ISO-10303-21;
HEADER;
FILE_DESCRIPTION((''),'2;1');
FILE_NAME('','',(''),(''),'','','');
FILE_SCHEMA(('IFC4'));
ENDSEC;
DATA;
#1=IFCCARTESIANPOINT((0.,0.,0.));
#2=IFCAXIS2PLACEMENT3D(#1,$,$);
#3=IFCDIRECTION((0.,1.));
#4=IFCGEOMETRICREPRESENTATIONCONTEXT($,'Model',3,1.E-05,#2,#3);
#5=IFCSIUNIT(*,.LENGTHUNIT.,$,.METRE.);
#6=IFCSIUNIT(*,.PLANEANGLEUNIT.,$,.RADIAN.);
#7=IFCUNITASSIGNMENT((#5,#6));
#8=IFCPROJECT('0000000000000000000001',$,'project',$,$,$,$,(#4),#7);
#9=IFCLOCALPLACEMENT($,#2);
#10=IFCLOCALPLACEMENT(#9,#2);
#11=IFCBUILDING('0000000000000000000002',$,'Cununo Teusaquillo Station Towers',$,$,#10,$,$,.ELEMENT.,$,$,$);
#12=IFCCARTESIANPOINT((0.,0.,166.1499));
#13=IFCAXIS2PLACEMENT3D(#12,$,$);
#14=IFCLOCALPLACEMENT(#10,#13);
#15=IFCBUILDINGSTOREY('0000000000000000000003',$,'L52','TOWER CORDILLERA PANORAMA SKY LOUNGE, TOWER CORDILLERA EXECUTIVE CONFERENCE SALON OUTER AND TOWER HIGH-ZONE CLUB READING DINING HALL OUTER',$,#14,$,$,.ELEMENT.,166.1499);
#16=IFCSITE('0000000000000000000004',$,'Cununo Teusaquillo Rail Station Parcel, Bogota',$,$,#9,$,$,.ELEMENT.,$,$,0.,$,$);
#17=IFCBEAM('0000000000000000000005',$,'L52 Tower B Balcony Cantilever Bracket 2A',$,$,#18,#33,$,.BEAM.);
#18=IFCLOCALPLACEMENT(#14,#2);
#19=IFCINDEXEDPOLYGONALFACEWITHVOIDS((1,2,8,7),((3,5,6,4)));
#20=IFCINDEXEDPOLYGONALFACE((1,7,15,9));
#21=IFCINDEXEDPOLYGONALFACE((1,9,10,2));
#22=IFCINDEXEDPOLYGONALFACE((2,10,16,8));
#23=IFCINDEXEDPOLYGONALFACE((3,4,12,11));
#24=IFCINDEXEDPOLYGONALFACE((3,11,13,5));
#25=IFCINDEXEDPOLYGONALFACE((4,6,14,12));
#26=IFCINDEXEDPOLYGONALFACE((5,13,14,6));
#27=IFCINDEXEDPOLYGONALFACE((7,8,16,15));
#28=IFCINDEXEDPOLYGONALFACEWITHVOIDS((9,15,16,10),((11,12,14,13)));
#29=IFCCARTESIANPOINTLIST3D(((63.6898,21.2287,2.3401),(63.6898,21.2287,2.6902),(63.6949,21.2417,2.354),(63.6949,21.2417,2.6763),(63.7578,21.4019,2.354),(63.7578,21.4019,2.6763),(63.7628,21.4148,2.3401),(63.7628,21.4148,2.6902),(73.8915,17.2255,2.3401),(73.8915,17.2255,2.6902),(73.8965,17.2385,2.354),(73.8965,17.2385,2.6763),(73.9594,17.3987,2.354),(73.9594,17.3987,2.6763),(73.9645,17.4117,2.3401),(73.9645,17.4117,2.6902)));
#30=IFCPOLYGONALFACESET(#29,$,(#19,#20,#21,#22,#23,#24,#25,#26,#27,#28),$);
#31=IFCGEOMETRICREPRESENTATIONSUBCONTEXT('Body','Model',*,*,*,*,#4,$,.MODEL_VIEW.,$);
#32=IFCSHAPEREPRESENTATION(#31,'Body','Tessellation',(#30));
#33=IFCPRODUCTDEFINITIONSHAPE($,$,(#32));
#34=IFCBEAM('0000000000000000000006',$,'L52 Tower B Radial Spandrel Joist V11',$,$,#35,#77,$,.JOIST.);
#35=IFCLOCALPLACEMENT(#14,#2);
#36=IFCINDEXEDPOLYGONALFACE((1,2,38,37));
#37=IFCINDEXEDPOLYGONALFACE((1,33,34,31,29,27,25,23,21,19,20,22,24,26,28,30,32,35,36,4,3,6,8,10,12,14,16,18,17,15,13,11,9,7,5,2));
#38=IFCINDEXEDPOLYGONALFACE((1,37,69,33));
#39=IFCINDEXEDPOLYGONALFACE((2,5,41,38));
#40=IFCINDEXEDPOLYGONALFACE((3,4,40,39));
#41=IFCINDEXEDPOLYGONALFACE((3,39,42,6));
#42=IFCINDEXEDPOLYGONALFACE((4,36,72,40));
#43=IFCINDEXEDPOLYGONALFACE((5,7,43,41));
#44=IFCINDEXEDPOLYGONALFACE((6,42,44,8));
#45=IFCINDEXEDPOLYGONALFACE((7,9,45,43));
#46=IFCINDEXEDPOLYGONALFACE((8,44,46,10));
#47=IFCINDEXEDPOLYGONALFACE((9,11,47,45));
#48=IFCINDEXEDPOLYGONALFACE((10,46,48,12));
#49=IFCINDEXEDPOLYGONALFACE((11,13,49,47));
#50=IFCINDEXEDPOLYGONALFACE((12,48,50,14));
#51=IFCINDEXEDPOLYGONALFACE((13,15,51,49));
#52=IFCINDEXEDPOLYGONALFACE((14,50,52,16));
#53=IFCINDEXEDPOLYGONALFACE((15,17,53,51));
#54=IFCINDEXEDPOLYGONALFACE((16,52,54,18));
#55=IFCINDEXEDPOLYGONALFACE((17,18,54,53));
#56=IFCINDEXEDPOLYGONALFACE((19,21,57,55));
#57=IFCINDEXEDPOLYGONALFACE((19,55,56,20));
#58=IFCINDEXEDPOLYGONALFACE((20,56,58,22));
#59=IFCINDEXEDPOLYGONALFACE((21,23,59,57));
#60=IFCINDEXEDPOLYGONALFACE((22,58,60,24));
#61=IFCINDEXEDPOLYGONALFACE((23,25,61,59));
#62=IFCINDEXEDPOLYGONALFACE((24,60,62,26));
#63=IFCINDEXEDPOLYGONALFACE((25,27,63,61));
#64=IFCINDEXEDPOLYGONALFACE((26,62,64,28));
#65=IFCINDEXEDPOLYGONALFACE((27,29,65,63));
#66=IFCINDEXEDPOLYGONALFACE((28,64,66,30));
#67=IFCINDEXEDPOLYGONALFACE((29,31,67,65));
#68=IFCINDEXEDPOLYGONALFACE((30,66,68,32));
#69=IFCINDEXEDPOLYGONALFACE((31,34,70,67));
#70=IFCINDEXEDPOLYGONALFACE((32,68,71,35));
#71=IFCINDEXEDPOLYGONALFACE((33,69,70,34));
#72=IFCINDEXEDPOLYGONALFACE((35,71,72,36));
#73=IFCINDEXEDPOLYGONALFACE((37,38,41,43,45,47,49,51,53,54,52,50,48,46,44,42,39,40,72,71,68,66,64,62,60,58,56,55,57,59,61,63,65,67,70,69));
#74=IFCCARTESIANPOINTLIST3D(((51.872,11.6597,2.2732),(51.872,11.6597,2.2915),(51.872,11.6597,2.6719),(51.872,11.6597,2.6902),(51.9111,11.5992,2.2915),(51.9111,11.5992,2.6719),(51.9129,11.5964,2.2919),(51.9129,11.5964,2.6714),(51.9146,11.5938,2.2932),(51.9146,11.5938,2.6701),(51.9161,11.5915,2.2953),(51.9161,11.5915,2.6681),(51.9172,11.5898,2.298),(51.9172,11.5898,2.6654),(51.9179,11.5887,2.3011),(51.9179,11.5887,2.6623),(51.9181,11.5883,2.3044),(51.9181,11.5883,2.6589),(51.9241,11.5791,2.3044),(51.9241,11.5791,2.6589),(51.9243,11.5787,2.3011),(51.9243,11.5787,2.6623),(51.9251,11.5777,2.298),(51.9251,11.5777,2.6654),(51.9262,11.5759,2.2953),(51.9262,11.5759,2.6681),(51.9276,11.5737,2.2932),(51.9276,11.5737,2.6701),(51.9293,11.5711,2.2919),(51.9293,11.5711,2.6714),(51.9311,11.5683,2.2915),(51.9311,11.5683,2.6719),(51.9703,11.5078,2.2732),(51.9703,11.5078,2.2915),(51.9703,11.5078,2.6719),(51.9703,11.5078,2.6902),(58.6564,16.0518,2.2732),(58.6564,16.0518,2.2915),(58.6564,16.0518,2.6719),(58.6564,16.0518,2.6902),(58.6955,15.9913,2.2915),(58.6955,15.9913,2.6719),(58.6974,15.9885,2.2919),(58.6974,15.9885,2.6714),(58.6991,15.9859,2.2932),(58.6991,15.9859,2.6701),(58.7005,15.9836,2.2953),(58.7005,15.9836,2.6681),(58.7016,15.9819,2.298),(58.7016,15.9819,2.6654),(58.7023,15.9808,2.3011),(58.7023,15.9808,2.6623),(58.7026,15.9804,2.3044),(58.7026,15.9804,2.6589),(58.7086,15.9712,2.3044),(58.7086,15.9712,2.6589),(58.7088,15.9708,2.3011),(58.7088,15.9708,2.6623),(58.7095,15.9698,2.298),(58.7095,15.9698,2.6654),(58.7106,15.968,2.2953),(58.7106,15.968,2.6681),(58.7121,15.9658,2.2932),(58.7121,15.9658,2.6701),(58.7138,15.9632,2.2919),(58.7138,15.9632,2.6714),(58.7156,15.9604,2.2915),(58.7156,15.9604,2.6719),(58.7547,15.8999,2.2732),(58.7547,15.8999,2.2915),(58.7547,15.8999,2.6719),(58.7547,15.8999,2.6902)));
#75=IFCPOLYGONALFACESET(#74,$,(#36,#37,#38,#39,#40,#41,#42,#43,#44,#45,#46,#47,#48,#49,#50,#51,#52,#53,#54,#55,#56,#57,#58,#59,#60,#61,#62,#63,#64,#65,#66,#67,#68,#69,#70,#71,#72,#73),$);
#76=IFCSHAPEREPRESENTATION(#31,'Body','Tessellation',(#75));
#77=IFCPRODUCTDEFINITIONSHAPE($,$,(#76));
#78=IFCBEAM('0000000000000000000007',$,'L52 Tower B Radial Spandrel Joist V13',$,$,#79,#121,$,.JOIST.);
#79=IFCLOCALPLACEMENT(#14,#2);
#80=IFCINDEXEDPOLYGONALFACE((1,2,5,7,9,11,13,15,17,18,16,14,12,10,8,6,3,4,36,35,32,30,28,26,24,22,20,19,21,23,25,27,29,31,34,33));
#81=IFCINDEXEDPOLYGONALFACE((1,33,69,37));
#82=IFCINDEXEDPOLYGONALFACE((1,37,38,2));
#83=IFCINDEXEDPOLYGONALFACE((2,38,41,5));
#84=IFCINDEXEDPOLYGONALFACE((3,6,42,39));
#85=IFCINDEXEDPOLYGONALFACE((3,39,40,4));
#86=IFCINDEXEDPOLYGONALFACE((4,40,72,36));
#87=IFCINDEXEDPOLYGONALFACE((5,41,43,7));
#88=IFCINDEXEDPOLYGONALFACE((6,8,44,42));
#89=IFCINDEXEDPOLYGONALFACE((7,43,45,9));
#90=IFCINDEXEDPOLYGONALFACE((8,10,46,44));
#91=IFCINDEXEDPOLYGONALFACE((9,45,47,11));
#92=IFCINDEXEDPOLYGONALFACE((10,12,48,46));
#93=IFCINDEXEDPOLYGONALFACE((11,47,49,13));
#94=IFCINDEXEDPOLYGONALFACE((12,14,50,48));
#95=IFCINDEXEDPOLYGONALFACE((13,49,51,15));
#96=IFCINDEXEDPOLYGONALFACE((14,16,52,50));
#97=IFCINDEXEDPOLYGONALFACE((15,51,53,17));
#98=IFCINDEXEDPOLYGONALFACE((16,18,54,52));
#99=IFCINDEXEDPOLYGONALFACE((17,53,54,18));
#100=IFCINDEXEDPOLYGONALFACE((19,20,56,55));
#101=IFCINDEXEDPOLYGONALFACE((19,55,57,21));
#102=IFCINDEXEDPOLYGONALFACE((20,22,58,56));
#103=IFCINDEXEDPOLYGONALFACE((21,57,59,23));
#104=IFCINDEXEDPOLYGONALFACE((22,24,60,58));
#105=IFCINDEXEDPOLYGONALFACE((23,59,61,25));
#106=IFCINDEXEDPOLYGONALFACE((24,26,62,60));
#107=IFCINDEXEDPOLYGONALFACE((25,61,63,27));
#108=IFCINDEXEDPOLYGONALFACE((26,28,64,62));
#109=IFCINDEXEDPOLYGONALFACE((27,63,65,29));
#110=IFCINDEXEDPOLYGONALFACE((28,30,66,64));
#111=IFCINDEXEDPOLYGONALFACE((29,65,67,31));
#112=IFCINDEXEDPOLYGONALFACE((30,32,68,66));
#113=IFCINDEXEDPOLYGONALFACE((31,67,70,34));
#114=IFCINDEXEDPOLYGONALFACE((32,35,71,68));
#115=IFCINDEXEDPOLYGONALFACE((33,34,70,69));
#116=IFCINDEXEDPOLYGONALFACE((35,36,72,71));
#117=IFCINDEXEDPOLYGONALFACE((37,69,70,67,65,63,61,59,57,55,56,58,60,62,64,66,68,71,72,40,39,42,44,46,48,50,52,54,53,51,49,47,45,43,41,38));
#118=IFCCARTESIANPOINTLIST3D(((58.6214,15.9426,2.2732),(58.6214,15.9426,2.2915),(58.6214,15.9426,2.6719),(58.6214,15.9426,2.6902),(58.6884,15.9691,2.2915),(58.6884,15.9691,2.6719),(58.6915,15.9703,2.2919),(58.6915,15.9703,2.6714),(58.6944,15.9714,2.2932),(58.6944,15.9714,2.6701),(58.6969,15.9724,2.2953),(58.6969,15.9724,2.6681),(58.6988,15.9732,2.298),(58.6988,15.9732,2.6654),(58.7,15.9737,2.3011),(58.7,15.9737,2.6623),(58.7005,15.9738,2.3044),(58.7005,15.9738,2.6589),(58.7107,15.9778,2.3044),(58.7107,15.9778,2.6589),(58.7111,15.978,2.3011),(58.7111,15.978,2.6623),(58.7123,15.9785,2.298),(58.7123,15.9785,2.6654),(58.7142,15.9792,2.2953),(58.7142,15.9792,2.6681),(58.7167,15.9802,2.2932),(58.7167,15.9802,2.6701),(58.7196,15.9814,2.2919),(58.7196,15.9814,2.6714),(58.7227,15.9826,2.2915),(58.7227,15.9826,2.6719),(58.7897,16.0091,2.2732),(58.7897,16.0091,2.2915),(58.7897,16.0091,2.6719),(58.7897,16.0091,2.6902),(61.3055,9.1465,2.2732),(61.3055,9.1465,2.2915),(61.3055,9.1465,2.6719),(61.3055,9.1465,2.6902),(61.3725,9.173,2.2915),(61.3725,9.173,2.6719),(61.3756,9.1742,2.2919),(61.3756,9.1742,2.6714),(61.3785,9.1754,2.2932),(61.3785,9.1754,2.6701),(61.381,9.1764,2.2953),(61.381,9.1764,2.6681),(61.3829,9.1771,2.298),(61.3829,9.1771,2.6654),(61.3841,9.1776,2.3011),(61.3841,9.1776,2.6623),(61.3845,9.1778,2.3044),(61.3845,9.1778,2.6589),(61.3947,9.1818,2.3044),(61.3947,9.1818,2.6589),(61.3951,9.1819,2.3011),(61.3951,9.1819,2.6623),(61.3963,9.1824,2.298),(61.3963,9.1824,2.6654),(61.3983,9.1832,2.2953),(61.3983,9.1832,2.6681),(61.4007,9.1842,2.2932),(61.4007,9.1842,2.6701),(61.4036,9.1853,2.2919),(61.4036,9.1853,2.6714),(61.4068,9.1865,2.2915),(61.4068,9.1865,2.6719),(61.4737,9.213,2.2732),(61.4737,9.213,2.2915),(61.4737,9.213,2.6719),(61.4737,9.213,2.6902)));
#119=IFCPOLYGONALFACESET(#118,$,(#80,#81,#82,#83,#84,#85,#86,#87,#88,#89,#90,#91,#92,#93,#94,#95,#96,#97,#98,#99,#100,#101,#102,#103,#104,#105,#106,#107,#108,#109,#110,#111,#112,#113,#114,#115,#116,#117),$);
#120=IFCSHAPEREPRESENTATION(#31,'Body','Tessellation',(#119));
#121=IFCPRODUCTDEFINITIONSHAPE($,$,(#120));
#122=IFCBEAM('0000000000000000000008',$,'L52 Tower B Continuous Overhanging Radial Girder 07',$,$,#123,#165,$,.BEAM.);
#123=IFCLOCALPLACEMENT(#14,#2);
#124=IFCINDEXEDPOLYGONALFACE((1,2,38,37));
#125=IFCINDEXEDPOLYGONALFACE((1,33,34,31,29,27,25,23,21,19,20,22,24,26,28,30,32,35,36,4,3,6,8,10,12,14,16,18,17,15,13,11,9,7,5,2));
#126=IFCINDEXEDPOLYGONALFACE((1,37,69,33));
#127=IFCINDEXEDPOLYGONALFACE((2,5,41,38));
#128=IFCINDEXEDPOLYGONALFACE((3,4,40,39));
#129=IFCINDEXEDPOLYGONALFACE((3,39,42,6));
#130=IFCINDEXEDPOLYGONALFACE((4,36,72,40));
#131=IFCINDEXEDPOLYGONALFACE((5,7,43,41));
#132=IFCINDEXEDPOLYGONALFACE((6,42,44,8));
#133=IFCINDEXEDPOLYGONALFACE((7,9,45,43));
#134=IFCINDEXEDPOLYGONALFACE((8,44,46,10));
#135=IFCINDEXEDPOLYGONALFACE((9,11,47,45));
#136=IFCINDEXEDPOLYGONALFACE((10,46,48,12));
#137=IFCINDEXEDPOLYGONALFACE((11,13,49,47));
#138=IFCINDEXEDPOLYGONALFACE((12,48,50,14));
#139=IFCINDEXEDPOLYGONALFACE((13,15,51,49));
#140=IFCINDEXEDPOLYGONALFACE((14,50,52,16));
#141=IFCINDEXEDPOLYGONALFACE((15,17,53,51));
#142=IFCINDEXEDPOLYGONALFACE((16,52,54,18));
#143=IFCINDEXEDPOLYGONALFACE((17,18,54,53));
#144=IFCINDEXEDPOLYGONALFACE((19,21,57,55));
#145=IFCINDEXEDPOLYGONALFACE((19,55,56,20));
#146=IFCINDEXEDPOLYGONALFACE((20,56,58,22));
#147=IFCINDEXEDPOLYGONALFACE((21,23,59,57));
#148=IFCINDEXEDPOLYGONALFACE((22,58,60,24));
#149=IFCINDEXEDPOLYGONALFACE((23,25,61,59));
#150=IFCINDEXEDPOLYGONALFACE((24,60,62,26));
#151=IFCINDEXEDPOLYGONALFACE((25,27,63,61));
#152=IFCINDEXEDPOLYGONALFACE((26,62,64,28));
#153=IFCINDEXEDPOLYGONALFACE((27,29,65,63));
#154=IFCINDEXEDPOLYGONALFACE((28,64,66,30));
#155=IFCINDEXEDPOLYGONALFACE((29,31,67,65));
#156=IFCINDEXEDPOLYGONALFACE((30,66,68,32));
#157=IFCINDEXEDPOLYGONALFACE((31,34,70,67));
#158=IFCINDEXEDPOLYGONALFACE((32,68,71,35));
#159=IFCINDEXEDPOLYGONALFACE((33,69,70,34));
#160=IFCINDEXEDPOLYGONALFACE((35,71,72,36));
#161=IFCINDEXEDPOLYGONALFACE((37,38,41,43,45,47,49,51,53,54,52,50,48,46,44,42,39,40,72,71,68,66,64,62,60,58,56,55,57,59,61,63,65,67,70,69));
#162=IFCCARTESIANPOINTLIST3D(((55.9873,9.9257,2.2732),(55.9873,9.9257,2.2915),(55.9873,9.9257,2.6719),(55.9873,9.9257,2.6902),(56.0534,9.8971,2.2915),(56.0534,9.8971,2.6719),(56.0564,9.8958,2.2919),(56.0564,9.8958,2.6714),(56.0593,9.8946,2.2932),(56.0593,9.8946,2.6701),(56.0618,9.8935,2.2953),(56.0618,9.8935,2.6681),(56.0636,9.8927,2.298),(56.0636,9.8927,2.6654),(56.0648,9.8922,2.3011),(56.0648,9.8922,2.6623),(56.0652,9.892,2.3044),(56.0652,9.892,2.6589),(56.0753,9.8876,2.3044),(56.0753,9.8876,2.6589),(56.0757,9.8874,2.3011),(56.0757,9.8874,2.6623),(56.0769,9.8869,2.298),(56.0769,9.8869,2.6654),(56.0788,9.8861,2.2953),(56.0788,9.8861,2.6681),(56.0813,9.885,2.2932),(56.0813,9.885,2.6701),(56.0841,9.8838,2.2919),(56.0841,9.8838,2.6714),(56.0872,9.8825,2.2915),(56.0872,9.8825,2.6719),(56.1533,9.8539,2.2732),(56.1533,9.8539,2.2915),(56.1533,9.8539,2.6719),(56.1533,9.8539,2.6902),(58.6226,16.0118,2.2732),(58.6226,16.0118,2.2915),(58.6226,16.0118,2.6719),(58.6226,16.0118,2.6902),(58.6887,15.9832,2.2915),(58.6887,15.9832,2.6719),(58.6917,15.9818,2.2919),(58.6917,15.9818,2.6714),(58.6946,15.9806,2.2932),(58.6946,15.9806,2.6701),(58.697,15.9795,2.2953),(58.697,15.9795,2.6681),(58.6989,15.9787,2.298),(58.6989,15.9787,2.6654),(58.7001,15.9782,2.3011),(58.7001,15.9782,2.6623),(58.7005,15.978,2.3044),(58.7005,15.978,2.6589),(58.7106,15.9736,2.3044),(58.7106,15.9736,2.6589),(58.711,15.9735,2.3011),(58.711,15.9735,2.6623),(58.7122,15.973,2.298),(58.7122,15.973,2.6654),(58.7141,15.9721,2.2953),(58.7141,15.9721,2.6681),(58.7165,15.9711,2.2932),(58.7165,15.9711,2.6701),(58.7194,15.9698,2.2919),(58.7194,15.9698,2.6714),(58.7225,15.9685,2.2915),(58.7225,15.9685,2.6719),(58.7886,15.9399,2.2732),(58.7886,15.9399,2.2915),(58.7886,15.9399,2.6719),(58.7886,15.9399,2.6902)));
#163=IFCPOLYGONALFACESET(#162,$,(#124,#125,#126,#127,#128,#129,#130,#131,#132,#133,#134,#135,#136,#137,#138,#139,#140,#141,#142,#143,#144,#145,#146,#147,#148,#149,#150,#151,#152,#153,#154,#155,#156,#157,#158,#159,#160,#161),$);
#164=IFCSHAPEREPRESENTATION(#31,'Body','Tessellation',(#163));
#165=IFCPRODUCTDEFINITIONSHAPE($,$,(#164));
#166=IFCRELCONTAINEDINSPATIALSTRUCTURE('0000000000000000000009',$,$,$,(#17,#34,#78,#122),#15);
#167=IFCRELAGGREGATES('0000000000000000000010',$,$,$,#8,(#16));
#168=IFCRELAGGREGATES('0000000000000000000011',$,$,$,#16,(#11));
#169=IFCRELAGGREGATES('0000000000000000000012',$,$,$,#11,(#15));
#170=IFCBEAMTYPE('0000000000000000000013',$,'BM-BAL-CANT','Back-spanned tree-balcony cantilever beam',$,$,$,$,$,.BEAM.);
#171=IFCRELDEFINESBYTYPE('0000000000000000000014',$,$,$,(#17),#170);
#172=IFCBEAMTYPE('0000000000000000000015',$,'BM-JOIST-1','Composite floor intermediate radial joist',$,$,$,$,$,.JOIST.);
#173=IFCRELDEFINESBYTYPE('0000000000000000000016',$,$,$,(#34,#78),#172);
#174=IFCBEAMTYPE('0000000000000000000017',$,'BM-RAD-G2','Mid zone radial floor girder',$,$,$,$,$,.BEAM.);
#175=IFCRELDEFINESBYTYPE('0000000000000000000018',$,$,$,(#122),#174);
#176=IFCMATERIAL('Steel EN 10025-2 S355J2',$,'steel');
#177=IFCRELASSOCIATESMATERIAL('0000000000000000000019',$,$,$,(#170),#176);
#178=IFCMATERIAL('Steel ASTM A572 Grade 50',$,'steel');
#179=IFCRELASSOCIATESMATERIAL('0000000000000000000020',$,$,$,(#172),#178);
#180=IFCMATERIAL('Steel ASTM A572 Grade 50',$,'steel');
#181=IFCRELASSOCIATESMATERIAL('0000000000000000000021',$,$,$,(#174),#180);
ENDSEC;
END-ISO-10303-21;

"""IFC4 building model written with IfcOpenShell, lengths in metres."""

from ifc_helpers import new_model, si_unit, direction, frame, origin, origin_2d, place, context, subcontext, project, spatial, hollow_rectangle, i_section, extrude, material, material_profile, profile_set, type_object, element, save


model = new_model("IFC4")

# Units and contexts
model_context = context("Model", 3, precision=1e-05, world=origin(), true_north=direction((0.0, 1.0)))
body_context = subcontext(model_context, "Body", "Model", "MODEL_VIEW")
ifc_project = project(units=[si_unit("LENGTHUNIT", "METRE"), si_unit("PLANEANGLEUNIT", "RADIAN")], contexts=[model_context])

# Site, building, storey
site_placement = place(None, origin())
site = spatial("IfcSite", under=ifc_project, at=site_placement, Name="Cununo Teusaquillo Rail Station Parcel, Bogota", CompositionType="ELEMENT", RefElevation=0.0)
building_placement = place(site_placement, origin())
building = spatial("IfcBuilding", under=site, at=building_placement, Name="Cununo Teusaquillo Station Towers", CompositionType="ELEMENT")
storey_placement = place(building_placement, frame((0.0, 0.0, 166.1499)))
storey = spatial("IfcBuildingStorey", under=building, at=storey_placement, Name="L52", Description="TOWER CORDILLERA PANORAMA SKY LOUNGE, TOWER CORDILLERA EXECUTIVE CONFERENCE SALON OUTER AND TOWER HIGH-ZONE CLUB READING DINING HALL OUTER", CompositionType="ELEMENT", Elevation=166.1499)

# Beams
ifc_material_1 = material(Name="Steel EN 10025-2 S355J2", Category="steel")
ifc_material_profile_1 = material_profile(ifc_material_1, hollow_rectangle(XDim=0.2, YDim=0.3501, WallThickness=0.0139, at=origin_2d()), Name="RHS 350x200x14")
ifc_profile_set_1 = profile_set([ifc_material_profile_1], Name="Steel EN 10025-2 S355J2")
beam_type_1 = type_object("IfcBeamType", Name="BM-BAL-CANT", Description="Back-spanned tree-balcony cantilever beam", PredefinedType="BEAM", material=ifc_profile_set_1)
beam_1_placement = place(storey_placement, frame((63.7263, 21.3218, 2.5151), z_axis=(0.930895, -0.365287, 0.0), x_axis=(0.365287, 0.930895, 0.0)))
element("IfcBeam", 1, at=beam_1_placement, inside=storey, type_object=beam_type_1, Name="L52 Tower B Balcony Cantilever Bracket 2A", PredefinedType="BEAM", context=body_context, shape_type="SweptSolid", body=[
    extrude(hollow_rectangle(XDim=0.2, YDim=0.3501, WallThickness=0.0139, at=origin_2d()), origin(), (0.0, 0.0, 1.0), 10.959),
])
ifc_material_2 = material(Name="Steel ASTM A572 Grade 50", Category="steel")
ifc_material_profile_2 = material_profile(ifc_material_2, i_section(OverallWidth=0.1809, OverallDepth=0.417, WebThickness=0.011, FlangeThickness=0.0183, FilletRadius=0.0129, at=origin_2d()), Name="W16X57")
ifc_profile_set_2 = profile_set([ifc_material_profile_2], Name="Steel ASTM A572 Grade 50")
beam_type_2 = type_object("IfcBeamType", Name="BM-JOIST-1", Description="Composite floor intermediate radial joist", PredefinedType="JOIST", material=ifc_profile_set_2)
beam_2_placement = place(storey_placement, frame((58.7056, 15.9758, 2.4817), z_axis=(-0.839448, -0.54344, 0.0), x_axis=(0.54344, -0.839448, 0.0)))
element("IfcBeam", 2, at=beam_2_placement, inside=storey, type_object=beam_type_2, Name="L52 Tower B Radial Spandrel Joist V11", PredefinedType="JOIST", context=body_context, shape_type="SweptSolid", body=[
    extrude(i_section(OverallWidth=0.1809, OverallDepth=0.417, WebThickness=0.011, FlangeThickness=0.0183, FilletRadius=0.0129, at=origin_2d()), origin(), (0.0, 0.0, 1.0), 8.082),
])
beam_3_placement = place(storey_placement, frame((58.7056, 15.9758, 2.4817), z_axis=(0.367332, -0.93009, 0.0), x_axis=(0.93009, 0.367332, 0.0)))
element("IfcBeam", 3, at=beam_3_placement, inside=storey, type_object=beam_type_2, Name="L52 Tower B Radial Spandrel Joist V13", PredefinedType="JOIST", context=body_context, shape_type="SweptSolid", body=[
    extrude(i_section(OverallWidth=0.1809, OverallDepth=0.417, WebThickness=0.011, FlangeThickness=0.0183, FilletRadius=0.0129, at=origin_2d()), origin(), (0.0, 0.0, 1.0), 7.3069),
])
ifc_material_3 = material(Name="Steel ASTM A572 Grade 50", Category="steel")
ifc_material_profile_3 = material_profile(ifc_material_3, i_section(OverallWidth=0.1809, OverallDepth=0.417, WebThickness=0.011, FlangeThickness=0.0183, FilletRadius=0.0129, at=origin_2d()), Name="W16X57")
ifc_profile_set_3 = profile_set([ifc_material_profile_3], Name="Steel ASTM A572 Grade 50")
beam_type_3 = type_object("IfcBeamType", Name="BM-RAD-G2", Description="Mid zone radial floor girder", PredefinedType="BEAM", material=ifc_profile_set_3)
beam_4_placement = place(storey_placement, frame((58.7056, 15.9758, 2.4817), z_axis=(-0.397355, -0.917665, 0.0), x_axis=(0.917665, -0.397355, 0.0)))
element("IfcBeam", 4, at=beam_4_placement, inside=storey, type_object=beam_type_3, Name="L52 Tower B Continuous Overhanging Radial Girder 07", PredefinedType="BEAM", context=body_context, shape_type="SweptSolid", body=[
    extrude(i_section(OverallWidth=0.1809, OverallDepth=0.417, WebThickness=0.011, FlangeThickness=0.0183, FilletRadius=0.0129, at=origin_2d()), origin(), (0.0, 0.0, 1.0), 6.6321),
])

save(model, "model.ifc")
